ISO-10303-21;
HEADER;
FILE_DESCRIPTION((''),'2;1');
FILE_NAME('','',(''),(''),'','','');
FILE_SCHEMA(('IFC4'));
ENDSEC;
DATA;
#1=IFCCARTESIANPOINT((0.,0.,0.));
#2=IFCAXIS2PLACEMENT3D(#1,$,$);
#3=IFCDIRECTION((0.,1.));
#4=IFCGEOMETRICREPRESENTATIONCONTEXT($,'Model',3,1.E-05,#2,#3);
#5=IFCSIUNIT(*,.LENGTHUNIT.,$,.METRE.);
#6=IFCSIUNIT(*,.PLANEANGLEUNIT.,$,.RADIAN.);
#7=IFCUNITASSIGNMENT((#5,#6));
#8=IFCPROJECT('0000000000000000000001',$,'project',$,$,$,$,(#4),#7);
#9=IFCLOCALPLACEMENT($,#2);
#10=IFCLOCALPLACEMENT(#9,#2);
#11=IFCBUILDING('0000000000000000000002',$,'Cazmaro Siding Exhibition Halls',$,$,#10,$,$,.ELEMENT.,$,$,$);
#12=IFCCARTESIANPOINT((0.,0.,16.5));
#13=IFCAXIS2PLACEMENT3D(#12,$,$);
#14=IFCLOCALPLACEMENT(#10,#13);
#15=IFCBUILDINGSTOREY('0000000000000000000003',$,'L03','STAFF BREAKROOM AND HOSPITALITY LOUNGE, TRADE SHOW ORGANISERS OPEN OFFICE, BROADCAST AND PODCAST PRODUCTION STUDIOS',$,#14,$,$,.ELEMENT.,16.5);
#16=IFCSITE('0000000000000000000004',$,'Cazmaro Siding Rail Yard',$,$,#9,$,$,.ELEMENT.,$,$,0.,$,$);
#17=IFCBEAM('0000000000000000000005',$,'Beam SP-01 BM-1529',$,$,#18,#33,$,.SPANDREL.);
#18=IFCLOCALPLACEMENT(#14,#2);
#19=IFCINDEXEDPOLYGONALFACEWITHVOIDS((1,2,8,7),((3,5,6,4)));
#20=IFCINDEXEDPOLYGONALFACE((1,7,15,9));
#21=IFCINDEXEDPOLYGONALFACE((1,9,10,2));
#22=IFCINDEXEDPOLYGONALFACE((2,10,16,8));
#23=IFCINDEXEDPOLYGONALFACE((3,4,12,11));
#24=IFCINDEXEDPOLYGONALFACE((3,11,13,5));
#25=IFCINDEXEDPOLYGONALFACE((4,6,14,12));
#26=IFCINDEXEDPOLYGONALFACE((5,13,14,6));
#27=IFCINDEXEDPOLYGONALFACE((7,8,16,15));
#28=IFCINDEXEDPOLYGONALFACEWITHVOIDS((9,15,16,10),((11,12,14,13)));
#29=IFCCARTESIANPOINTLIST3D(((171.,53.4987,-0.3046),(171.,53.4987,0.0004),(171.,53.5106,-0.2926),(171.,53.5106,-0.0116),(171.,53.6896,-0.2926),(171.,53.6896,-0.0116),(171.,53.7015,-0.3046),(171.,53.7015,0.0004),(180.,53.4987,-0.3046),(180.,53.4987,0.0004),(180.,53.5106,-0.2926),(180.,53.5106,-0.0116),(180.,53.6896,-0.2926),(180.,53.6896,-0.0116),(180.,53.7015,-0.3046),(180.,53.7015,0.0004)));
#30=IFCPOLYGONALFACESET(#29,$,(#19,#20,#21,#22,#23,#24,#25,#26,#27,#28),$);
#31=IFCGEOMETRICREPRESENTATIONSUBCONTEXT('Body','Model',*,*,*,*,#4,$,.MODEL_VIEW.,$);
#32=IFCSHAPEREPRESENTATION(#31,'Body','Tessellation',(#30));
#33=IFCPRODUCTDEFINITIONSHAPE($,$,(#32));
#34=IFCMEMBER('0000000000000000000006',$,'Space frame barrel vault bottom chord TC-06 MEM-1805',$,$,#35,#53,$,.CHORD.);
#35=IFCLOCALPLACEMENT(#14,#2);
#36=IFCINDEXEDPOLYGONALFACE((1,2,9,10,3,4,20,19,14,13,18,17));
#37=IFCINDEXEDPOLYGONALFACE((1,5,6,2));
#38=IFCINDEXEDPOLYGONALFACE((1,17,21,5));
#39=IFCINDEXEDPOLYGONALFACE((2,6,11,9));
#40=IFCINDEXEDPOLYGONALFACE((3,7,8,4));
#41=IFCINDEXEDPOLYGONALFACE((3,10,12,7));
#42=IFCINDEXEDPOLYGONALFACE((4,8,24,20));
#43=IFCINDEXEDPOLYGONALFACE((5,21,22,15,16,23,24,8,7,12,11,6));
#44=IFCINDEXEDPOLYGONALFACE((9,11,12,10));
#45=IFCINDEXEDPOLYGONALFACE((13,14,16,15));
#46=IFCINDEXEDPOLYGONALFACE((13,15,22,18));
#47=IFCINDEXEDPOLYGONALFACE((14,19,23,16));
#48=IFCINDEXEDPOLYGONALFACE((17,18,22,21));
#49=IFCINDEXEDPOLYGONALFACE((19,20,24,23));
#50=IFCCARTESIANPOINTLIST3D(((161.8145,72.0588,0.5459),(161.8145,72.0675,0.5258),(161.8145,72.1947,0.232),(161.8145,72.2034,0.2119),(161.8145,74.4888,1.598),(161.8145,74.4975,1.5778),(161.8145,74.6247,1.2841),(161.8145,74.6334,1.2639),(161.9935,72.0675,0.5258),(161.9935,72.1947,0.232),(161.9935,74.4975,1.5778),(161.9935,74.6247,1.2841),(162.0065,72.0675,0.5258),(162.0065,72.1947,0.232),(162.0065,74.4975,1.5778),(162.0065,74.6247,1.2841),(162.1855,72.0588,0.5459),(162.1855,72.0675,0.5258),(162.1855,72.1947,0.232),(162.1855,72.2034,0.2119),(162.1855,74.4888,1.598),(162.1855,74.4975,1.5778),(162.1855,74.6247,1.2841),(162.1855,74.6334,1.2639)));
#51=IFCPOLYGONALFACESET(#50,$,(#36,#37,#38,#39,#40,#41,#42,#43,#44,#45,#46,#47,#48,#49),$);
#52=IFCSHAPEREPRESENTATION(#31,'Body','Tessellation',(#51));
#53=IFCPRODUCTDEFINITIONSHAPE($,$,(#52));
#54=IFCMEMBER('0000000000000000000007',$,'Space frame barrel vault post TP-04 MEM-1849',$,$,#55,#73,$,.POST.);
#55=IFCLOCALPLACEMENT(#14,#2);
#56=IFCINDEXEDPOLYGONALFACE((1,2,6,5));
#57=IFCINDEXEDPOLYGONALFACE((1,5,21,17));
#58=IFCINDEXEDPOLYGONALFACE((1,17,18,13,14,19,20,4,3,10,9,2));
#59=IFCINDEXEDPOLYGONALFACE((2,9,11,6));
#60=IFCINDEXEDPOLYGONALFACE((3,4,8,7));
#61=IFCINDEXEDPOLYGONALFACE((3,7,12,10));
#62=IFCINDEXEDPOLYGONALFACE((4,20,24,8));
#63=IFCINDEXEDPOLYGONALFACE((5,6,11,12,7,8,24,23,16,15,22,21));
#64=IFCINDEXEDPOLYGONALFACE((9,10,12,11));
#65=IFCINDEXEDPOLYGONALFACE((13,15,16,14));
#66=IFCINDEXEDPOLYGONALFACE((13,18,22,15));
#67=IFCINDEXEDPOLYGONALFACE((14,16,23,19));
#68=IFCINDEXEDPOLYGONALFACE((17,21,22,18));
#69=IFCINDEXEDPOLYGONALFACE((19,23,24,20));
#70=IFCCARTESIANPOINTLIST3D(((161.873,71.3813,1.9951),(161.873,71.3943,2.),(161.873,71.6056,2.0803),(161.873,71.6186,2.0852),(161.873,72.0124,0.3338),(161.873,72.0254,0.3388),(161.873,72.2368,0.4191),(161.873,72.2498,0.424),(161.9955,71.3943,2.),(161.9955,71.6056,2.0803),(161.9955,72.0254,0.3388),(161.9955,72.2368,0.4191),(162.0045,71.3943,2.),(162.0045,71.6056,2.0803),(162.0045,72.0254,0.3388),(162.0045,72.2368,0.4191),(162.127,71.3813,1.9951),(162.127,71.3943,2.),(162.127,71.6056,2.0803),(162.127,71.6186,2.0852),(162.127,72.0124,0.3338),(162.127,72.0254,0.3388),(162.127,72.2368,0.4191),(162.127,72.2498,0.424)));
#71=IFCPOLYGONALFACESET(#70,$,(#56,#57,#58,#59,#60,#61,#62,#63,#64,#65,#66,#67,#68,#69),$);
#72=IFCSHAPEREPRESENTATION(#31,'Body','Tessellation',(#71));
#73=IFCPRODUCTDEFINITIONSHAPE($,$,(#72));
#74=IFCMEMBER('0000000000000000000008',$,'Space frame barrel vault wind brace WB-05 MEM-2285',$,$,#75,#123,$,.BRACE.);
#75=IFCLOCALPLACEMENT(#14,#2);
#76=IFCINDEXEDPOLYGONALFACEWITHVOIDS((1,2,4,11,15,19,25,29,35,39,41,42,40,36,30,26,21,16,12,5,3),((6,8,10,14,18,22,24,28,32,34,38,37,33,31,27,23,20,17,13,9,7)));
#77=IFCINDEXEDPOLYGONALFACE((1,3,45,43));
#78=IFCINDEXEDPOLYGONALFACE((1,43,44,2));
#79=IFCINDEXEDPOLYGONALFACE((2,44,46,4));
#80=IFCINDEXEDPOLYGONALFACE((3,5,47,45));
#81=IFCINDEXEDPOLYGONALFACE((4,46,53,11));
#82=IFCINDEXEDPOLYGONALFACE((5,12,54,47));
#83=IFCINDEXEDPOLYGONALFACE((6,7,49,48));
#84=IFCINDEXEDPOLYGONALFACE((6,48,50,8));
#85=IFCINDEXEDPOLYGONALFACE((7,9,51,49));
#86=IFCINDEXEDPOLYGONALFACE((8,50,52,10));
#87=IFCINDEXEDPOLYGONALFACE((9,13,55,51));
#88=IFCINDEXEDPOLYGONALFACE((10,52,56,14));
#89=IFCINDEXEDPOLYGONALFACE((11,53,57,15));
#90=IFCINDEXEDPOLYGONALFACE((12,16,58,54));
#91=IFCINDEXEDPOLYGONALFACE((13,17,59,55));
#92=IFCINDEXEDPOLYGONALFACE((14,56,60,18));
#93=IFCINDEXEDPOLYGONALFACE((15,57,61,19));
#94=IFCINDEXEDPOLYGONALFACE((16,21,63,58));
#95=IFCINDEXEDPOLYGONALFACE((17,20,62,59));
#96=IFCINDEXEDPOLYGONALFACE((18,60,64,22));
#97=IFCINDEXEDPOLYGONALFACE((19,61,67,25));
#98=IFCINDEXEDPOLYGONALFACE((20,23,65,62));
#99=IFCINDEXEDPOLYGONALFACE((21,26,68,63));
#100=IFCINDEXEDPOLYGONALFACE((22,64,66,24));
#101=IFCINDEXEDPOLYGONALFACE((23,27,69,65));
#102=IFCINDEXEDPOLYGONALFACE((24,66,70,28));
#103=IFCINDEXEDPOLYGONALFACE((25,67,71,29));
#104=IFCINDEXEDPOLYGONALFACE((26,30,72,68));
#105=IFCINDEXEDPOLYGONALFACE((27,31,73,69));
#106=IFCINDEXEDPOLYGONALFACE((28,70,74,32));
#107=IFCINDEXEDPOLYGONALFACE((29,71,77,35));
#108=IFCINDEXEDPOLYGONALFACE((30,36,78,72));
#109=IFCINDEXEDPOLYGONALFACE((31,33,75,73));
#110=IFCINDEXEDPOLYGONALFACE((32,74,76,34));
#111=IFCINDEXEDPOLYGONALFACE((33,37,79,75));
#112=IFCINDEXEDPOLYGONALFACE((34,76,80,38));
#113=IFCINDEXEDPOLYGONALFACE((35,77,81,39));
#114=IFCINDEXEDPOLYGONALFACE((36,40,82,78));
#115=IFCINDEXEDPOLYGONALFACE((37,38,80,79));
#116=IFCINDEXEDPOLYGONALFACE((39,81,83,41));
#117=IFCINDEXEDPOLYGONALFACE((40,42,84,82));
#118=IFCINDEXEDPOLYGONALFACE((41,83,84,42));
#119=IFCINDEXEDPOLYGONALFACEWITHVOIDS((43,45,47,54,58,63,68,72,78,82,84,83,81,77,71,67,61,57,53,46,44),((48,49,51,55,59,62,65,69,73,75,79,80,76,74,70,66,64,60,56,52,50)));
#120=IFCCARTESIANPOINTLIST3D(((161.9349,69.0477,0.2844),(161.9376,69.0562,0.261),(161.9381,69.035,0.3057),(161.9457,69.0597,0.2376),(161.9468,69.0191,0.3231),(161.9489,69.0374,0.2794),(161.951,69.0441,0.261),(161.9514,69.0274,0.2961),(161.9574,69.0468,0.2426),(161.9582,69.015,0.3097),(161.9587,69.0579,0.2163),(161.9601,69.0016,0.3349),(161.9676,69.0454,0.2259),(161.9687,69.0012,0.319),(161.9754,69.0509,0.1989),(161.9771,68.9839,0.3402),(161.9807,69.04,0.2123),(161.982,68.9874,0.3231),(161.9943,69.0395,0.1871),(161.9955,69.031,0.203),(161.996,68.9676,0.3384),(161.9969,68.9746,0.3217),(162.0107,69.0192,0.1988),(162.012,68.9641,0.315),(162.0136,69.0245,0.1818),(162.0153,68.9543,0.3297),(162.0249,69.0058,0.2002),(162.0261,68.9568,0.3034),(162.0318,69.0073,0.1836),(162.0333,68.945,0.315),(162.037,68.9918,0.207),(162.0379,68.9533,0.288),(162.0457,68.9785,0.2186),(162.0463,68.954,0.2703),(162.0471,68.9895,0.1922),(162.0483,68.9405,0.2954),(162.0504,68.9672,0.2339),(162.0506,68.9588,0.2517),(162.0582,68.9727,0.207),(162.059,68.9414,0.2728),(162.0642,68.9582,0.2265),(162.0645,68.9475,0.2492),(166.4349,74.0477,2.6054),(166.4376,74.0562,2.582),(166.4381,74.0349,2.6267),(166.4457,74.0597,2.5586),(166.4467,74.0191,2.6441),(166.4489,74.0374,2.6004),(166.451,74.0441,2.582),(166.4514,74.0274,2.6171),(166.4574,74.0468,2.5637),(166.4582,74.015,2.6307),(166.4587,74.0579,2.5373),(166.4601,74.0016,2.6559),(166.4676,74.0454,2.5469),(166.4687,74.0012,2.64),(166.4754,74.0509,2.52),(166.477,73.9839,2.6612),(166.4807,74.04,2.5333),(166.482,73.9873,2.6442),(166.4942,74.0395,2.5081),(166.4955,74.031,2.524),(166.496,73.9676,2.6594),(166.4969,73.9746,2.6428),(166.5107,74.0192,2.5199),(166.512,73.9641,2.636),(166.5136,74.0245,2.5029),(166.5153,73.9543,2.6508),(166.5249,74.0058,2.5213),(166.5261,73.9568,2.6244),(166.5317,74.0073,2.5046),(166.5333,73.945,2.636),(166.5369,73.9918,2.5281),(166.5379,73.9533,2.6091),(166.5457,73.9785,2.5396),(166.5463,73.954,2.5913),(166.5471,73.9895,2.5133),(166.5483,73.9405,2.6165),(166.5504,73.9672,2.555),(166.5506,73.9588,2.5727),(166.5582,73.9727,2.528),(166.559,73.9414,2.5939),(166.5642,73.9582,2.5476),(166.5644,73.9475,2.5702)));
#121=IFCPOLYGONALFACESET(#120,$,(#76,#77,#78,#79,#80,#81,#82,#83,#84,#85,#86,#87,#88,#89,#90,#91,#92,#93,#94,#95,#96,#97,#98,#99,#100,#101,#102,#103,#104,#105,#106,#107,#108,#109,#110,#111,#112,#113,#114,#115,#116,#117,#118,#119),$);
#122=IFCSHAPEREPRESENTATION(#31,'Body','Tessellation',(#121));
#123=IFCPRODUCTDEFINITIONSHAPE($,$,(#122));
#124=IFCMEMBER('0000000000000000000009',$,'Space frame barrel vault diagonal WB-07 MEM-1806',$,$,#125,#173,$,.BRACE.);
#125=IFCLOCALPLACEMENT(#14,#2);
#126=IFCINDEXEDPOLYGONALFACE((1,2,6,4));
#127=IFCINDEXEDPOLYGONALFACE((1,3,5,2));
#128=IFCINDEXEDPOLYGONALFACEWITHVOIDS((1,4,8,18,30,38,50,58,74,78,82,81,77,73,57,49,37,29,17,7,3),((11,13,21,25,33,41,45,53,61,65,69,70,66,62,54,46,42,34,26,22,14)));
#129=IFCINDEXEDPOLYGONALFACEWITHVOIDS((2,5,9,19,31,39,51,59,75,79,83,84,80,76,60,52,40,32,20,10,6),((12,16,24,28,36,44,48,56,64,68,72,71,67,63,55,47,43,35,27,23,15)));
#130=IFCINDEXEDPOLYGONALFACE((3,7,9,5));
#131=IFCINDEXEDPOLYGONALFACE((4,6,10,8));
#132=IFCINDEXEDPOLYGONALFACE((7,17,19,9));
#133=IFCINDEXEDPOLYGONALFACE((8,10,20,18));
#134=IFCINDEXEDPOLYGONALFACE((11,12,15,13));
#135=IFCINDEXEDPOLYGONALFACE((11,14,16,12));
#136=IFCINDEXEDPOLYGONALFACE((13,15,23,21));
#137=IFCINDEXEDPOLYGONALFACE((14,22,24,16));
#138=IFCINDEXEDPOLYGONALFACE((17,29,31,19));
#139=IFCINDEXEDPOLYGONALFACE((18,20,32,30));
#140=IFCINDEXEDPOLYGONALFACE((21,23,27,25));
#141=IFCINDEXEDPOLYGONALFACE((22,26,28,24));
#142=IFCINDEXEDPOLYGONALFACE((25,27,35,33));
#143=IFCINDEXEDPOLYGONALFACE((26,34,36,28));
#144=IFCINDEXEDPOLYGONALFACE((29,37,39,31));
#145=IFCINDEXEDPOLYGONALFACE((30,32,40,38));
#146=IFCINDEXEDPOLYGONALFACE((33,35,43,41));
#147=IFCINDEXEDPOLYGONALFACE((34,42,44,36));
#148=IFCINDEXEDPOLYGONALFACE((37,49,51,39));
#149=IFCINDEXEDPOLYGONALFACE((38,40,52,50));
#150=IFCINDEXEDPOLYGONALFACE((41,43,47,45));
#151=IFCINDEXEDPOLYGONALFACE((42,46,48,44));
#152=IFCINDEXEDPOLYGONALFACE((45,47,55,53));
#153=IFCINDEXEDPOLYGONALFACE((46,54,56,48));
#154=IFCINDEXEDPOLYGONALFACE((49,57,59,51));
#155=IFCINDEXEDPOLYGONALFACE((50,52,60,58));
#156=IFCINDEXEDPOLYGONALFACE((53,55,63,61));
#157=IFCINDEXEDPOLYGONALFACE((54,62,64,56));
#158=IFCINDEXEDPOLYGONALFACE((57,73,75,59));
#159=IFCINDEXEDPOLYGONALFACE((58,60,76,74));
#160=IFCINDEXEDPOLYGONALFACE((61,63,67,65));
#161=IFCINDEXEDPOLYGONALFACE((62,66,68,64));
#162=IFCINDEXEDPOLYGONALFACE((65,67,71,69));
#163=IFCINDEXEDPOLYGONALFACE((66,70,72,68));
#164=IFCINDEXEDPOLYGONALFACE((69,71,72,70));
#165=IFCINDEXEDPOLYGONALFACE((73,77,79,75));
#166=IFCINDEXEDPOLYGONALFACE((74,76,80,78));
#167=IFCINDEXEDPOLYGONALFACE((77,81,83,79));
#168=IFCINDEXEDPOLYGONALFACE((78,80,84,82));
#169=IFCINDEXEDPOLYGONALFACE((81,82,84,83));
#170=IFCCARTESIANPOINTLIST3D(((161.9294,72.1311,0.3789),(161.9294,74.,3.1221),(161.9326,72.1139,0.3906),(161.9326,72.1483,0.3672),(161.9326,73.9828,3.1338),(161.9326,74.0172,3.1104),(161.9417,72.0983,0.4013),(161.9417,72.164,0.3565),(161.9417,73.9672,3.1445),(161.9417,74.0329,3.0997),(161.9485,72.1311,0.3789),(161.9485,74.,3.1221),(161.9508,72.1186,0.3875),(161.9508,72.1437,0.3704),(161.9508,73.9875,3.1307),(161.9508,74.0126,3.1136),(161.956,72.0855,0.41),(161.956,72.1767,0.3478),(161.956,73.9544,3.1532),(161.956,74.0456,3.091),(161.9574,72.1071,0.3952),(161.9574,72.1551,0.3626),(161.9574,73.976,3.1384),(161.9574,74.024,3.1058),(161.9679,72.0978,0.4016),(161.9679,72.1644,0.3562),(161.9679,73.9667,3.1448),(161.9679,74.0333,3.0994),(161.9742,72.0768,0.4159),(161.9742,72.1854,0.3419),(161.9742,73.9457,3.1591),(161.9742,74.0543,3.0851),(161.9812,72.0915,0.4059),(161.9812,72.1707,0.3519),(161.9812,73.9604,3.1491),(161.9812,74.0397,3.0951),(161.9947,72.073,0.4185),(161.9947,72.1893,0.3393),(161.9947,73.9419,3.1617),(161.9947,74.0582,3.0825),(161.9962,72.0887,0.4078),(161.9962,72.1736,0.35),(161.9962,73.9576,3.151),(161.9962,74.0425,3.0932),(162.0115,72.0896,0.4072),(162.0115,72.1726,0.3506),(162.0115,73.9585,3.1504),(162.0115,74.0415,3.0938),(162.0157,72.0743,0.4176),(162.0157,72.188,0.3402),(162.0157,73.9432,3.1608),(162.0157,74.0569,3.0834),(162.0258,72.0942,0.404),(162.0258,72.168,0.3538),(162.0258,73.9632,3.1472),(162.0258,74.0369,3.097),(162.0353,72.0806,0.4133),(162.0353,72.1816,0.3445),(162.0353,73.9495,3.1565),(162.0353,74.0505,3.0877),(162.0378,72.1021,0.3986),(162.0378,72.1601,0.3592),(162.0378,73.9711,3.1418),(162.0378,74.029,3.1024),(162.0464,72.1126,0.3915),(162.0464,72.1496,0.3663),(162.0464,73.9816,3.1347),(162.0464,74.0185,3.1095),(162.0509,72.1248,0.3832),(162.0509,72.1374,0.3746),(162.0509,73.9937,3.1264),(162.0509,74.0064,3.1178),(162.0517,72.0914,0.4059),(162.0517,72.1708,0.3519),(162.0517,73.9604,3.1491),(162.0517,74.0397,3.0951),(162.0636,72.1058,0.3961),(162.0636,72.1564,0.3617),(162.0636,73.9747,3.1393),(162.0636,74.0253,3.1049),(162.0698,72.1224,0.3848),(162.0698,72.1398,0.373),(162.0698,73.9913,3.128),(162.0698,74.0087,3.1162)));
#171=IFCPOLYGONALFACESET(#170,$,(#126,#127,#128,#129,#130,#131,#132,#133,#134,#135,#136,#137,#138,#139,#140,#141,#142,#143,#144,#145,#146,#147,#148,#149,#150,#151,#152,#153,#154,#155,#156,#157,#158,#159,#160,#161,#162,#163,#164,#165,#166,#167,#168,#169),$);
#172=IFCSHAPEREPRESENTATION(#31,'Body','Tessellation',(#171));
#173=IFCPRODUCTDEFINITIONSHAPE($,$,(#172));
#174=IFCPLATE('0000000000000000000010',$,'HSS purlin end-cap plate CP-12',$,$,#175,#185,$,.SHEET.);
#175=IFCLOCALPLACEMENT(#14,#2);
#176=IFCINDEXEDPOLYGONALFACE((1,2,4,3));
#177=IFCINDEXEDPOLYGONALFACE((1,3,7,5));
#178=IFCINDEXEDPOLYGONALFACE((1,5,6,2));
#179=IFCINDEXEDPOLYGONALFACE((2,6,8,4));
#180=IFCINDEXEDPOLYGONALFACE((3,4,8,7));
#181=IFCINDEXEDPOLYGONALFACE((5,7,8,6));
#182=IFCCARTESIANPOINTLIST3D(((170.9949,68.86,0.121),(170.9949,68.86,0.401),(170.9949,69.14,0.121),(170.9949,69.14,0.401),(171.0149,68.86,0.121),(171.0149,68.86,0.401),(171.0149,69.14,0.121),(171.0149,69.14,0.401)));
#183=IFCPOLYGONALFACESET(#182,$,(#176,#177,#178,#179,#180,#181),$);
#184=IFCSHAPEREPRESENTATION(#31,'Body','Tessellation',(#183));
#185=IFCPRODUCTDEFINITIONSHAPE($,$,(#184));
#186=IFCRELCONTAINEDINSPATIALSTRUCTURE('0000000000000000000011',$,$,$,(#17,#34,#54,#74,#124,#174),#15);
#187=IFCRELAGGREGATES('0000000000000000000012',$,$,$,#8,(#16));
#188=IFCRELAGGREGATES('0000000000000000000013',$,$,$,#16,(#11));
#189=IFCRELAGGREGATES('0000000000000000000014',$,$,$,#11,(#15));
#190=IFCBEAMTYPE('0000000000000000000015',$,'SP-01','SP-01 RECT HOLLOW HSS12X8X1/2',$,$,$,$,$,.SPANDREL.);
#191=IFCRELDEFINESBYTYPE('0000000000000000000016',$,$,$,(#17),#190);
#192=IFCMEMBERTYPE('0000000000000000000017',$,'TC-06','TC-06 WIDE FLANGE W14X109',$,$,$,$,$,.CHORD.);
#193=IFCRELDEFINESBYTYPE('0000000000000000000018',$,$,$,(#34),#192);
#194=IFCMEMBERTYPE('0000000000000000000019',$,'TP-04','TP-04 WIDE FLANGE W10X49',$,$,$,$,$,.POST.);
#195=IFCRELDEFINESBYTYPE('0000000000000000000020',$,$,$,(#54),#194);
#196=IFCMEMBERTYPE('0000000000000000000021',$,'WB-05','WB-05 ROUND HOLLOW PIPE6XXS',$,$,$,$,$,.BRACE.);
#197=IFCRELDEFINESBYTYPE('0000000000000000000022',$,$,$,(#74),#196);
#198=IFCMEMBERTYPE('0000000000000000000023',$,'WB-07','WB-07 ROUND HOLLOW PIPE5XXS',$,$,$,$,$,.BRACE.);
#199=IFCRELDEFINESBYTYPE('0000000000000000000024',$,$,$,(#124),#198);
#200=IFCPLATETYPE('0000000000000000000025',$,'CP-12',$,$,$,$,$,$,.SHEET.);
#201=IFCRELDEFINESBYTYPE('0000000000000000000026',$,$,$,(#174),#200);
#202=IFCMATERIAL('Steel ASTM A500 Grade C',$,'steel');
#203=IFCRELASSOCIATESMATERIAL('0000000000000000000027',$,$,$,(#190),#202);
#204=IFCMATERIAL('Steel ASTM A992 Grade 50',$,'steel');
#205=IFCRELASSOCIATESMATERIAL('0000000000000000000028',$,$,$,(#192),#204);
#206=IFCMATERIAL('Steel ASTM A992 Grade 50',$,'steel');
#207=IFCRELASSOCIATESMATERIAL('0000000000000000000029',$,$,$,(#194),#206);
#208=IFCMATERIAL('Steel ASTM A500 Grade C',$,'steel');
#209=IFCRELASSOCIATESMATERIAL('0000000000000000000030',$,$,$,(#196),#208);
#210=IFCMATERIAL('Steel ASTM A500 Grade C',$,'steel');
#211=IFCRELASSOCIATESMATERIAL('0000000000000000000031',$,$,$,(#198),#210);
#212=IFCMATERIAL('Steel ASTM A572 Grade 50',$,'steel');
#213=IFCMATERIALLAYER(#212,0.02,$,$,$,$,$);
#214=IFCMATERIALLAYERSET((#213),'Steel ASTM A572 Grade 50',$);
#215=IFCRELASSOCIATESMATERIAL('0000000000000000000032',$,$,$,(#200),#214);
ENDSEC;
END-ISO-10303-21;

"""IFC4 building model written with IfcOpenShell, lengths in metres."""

from ifc_helpers import new_model, si_unit, direction, frame, origin, origin_2d, place, context, subcontext, project, spatial, rectangle, hollow_rectangle, hollow_circle, i_section, extrude, material, layer, layer_set, material_profile, profile_set, type_object, element, save


model = new_model("IFC4")

# Units and contexts
model_context = context("Model", 3, precision=1e-05, world=origin(), true_north=direction((0.0, 1.0)))
body_context = subcontext(model_context, "Body", "Model", "MODEL_VIEW")
ifc_project = project(units=[si_unit("LENGTHUNIT", "METRE"), si_unit("PLANEANGLEUNIT", "RADIAN")], contexts=[model_context])

# Site, building, storey
site_placement = place(None, origin())
site = spatial("IfcSite", under=ifc_project, at=site_placement, Name="Cazmaro Siding Rail Yard", CompositionType="ELEMENT", RefElevation=0.0)
building_placement = place(site_placement, origin())
building = spatial("IfcBuilding", under=site, at=building_placement, Name="Cazmaro Siding Exhibition Halls", CompositionType="ELEMENT")
storey_placement = place(building_placement, frame((0.0, 0.0, 16.5)))
storey = spatial("IfcBuildingStorey", under=building, at=storey_placement, Name="L03", Description="STAFF BREAKROOM AND HOSPITALITY LOUNGE, TRADE SHOW ORGANISERS OPEN OFFICE, BROADCAST AND PODCAST PRODUCTION STUDIOS", CompositionType="ELEMENT", Elevation=16.5)

# Beam
ifc_material_1 = material(Name="Steel ASTM A500 Grade C", Category="steel")
ifc_material_profile_1 = material_profile(ifc_material_1, hollow_rectangle(XDim=0.2029, YDim=0.3049, WallThickness=0.012, at=origin_2d()), Name="HSS12X8X1/2")
ifc_profile_set_1 = profile_set([ifc_material_profile_1], Name="Steel ASTM A500 Grade C")
beam_type_1 = type_object("IfcBeamType", Name="SP-01", Description="SP-01 RECT HOLLOW HSS12X8X1/2", PredefinedType="SPANDREL", material=ifc_profile_set_1)
beam_1_placement = place(storey_placement, frame((171.0, 53.6001, -0.1521), z_axis=(1.0, 0.0, 0.0), x_axis=(0.0, 1.0, 0.0)))
element("IfcBeam", 1, at=beam_1_placement, inside=storey, type_object=beam_type_1, Name="Beam SP-01 BM-1529", PredefinedType="SPANDREL", context=body_context, shape_type="SweptSolid", body=[
    extrude(hollow_rectangle(XDim=0.2029, YDim=0.3049, WallThickness=0.012, at=origin_2d()), origin(), (0.0, 0.0, 1.0), 9.0),
])

# Members
ifc_material_2 = material(Name="Steel ASTM A992 Grade 50", Category="steel")
ifc_material_profile_2 = material_profile(ifc_material_2, i_section(OverallWidth=0.3711, OverallDepth=0.364, WebThickness=0.0129, FlangeThickness=0.022, at=origin_2d()), Name="W14X109")
ifc_profile_set_2 = profile_set([ifc_material_profile_2], Name="Steel ASTM A992 Grade 50")
member_type_1 = type_object("IfcMemberType", Name="TC-06", Description="TC-06 WIDE FLANGE W14X109", PredefinedType="CHORD", material=ifc_profile_set_2)
member_1_placement = place(storey_placement, frame((162.0, 72.1311, 0.3789), z_axis=(0.0, 0.917689, 0.397299), x_axis=(-1.0, 0.0, 0.0)))
element("IfcMember", 2, at=member_1_placement, inside=storey, type_object=member_type_1, Name="Space frame barrel vault bottom chord TC-06 MEM-1805", PredefinedType="CHORD", context=body_context, shape_type="SweptSolid", body=[
    extrude(i_section(OverallWidth=0.3711, OverallDepth=0.364, WebThickness=0.0129, FlangeThickness=0.022, at=origin_2d()), origin(), (0.0, 0.0, 1.0), 2.6479),
])
ifc_material_3 = material(Name="Steel ASTM A992 Grade 50", Category="steel")
ifc_material_profile_3 = material_profile(ifc_material_3, i_section(OverallWidth=0.2539, OverallDepth=0.2539, WebThickness=0.009, FlangeThickness=0.0139, at=origin_2d()), Name="W10X49")
ifc_profile_set_3 = profile_set([ifc_material_profile_3], Name="Steel ASTM A992 Grade 50")
member_type_2 = type_object("IfcMemberType", Name="TP-04", Description="TP-04 WIDE FLANGE W10X49", PredefinedType="POST", material=ifc_profile_set_3)
member_2_placement = place(storey_placement, frame((162.0, 72.1311, 0.3789), z_axis=(0.0, -0.355155, 0.934807), x_axis=(1.0, 0.0, 0.0)))
element("IfcMember", 3, at=member_2_placement, inside=storey, type_object=member_type_2, Name="Space frame barrel vault post TP-04 MEM-1849", PredefinedType="POST", context=body_context, shape_type="SweptSolid", body=[
    extrude(i_section(OverallWidth=0.2539, OverallDepth=0.2539, WebThickness=0.009, FlangeThickness=0.0139, at=origin_2d()), origin(), (0.0, 0.0, 1.0), 1.7771),
])
ifc_material_4 = material(Name="Steel ASTM A500 Grade C", Category="steel")
ifc_material_profile_4 = material_profile(ifc_material_4, hollow_circle(Radius=0.084, WallThickness=0.0181, at=origin_2d()), Name="PIPE6XXS")
ifc_profile_set_4 = profile_set([ifc_material_profile_4], Name="Steel ASTM A500 Grade C")
member_type_3 = type_object("IfcMemberType", Name="WB-05", Description="WB-05 ROUND HOLLOW PIPE6XXS", PredefinedType="BRACE", material=ifc_profile_set_4)
member_3_placement = place(storey_placement, frame((162.0, 69.0, 0.261), z_axis=(0.632379, 0.702643, 0.326173), x_axis=(-0.743294, 0.668965, 0.0)))
element("IfcMember", 4, at=member_3_placement, inside=storey, type_object=member_type_3, Name="Space frame barrel vault wind brace WB-05 MEM-2285", PredefinedType="BRACE", context=body_context, shape_type="SweptSolid", body=[
    extrude(hollow_circle(Radius=0.084, WallThickness=0.0181, at=origin_2d()), origin(), (0.0, 0.0, 1.0), 7.116),
])
ifc_material_5 = material(Name="Steel ASTM A500 Grade C", Category="steel")
ifc_material_profile_5 = material_profile(ifc_material_5, hollow_circle(Radius=0.0706, WallThickness=0.019, at=origin_2d()), Name="PIPE5XXS")
ifc_profile_set_5 = profile_set([ifc_material_profile_5], Name="Steel ASTM A500 Grade C")
member_type_4 = type_object("IfcMemberType", Name="WB-07", Description="WB-07 ROUND HOLLOW PIPE5XXS", PredefinedType="BRACE", material=ifc_profile_set_5)
member_4_placement = place(storey_placement, frame((162.0, 72.1311, 0.3789), z_axis=(0.0, 0.56304, 0.82643), x_axis=(-1.0, 0.0, 0.0)))
element("IfcMember", 5, at=member_4_placement, inside=storey, type_object=member_type_4, Name="Space frame barrel vault diagonal WB-07 MEM-1806", PredefinedType="BRACE", context=body_context, shape_type="SweptSolid", body=[
    extrude(hollow_circle(Radius=0.0706, WallThickness=0.019, at=origin_2d()), origin(), (0.0, 0.0, 1.0), 3.3193),
])

# Plate
ifc_material_6 = material(Name="Steel ASTM A572 Grade 50", Category="steel")
ifc_layer_1 = layer(ifc_material_6, 0.02)
ifc_layer_set_1 = layer_set([ifc_layer_1], Name="Steel ASTM A572 Grade 50")
plate_type_1 = type_object("IfcPlateType", Name="CP-12", PredefinedType="SHEET", material=ifc_layer_set_1)
plate_1_placement = place(storey_placement, frame((170.9949, 69.0, 0.261), z_axis=(1.0, 0.0, 0.0), x_axis=(0.0, 1.0, 0.0)))
element("IfcPlate", 6, at=plate_1_placement, inside=storey, type_object=plate_type_1, Name="HSS purlin end-cap plate CP-12", PredefinedType="SHEET", context=body_context, shape_type="SweptSolid", body=[
    extrude(rectangle(XDim=0.28, YDim=0.28, at=origin_2d()), origin(), (0.0, 0.0, 1.0), 0.02),
])

save(model, "model.ifc")
